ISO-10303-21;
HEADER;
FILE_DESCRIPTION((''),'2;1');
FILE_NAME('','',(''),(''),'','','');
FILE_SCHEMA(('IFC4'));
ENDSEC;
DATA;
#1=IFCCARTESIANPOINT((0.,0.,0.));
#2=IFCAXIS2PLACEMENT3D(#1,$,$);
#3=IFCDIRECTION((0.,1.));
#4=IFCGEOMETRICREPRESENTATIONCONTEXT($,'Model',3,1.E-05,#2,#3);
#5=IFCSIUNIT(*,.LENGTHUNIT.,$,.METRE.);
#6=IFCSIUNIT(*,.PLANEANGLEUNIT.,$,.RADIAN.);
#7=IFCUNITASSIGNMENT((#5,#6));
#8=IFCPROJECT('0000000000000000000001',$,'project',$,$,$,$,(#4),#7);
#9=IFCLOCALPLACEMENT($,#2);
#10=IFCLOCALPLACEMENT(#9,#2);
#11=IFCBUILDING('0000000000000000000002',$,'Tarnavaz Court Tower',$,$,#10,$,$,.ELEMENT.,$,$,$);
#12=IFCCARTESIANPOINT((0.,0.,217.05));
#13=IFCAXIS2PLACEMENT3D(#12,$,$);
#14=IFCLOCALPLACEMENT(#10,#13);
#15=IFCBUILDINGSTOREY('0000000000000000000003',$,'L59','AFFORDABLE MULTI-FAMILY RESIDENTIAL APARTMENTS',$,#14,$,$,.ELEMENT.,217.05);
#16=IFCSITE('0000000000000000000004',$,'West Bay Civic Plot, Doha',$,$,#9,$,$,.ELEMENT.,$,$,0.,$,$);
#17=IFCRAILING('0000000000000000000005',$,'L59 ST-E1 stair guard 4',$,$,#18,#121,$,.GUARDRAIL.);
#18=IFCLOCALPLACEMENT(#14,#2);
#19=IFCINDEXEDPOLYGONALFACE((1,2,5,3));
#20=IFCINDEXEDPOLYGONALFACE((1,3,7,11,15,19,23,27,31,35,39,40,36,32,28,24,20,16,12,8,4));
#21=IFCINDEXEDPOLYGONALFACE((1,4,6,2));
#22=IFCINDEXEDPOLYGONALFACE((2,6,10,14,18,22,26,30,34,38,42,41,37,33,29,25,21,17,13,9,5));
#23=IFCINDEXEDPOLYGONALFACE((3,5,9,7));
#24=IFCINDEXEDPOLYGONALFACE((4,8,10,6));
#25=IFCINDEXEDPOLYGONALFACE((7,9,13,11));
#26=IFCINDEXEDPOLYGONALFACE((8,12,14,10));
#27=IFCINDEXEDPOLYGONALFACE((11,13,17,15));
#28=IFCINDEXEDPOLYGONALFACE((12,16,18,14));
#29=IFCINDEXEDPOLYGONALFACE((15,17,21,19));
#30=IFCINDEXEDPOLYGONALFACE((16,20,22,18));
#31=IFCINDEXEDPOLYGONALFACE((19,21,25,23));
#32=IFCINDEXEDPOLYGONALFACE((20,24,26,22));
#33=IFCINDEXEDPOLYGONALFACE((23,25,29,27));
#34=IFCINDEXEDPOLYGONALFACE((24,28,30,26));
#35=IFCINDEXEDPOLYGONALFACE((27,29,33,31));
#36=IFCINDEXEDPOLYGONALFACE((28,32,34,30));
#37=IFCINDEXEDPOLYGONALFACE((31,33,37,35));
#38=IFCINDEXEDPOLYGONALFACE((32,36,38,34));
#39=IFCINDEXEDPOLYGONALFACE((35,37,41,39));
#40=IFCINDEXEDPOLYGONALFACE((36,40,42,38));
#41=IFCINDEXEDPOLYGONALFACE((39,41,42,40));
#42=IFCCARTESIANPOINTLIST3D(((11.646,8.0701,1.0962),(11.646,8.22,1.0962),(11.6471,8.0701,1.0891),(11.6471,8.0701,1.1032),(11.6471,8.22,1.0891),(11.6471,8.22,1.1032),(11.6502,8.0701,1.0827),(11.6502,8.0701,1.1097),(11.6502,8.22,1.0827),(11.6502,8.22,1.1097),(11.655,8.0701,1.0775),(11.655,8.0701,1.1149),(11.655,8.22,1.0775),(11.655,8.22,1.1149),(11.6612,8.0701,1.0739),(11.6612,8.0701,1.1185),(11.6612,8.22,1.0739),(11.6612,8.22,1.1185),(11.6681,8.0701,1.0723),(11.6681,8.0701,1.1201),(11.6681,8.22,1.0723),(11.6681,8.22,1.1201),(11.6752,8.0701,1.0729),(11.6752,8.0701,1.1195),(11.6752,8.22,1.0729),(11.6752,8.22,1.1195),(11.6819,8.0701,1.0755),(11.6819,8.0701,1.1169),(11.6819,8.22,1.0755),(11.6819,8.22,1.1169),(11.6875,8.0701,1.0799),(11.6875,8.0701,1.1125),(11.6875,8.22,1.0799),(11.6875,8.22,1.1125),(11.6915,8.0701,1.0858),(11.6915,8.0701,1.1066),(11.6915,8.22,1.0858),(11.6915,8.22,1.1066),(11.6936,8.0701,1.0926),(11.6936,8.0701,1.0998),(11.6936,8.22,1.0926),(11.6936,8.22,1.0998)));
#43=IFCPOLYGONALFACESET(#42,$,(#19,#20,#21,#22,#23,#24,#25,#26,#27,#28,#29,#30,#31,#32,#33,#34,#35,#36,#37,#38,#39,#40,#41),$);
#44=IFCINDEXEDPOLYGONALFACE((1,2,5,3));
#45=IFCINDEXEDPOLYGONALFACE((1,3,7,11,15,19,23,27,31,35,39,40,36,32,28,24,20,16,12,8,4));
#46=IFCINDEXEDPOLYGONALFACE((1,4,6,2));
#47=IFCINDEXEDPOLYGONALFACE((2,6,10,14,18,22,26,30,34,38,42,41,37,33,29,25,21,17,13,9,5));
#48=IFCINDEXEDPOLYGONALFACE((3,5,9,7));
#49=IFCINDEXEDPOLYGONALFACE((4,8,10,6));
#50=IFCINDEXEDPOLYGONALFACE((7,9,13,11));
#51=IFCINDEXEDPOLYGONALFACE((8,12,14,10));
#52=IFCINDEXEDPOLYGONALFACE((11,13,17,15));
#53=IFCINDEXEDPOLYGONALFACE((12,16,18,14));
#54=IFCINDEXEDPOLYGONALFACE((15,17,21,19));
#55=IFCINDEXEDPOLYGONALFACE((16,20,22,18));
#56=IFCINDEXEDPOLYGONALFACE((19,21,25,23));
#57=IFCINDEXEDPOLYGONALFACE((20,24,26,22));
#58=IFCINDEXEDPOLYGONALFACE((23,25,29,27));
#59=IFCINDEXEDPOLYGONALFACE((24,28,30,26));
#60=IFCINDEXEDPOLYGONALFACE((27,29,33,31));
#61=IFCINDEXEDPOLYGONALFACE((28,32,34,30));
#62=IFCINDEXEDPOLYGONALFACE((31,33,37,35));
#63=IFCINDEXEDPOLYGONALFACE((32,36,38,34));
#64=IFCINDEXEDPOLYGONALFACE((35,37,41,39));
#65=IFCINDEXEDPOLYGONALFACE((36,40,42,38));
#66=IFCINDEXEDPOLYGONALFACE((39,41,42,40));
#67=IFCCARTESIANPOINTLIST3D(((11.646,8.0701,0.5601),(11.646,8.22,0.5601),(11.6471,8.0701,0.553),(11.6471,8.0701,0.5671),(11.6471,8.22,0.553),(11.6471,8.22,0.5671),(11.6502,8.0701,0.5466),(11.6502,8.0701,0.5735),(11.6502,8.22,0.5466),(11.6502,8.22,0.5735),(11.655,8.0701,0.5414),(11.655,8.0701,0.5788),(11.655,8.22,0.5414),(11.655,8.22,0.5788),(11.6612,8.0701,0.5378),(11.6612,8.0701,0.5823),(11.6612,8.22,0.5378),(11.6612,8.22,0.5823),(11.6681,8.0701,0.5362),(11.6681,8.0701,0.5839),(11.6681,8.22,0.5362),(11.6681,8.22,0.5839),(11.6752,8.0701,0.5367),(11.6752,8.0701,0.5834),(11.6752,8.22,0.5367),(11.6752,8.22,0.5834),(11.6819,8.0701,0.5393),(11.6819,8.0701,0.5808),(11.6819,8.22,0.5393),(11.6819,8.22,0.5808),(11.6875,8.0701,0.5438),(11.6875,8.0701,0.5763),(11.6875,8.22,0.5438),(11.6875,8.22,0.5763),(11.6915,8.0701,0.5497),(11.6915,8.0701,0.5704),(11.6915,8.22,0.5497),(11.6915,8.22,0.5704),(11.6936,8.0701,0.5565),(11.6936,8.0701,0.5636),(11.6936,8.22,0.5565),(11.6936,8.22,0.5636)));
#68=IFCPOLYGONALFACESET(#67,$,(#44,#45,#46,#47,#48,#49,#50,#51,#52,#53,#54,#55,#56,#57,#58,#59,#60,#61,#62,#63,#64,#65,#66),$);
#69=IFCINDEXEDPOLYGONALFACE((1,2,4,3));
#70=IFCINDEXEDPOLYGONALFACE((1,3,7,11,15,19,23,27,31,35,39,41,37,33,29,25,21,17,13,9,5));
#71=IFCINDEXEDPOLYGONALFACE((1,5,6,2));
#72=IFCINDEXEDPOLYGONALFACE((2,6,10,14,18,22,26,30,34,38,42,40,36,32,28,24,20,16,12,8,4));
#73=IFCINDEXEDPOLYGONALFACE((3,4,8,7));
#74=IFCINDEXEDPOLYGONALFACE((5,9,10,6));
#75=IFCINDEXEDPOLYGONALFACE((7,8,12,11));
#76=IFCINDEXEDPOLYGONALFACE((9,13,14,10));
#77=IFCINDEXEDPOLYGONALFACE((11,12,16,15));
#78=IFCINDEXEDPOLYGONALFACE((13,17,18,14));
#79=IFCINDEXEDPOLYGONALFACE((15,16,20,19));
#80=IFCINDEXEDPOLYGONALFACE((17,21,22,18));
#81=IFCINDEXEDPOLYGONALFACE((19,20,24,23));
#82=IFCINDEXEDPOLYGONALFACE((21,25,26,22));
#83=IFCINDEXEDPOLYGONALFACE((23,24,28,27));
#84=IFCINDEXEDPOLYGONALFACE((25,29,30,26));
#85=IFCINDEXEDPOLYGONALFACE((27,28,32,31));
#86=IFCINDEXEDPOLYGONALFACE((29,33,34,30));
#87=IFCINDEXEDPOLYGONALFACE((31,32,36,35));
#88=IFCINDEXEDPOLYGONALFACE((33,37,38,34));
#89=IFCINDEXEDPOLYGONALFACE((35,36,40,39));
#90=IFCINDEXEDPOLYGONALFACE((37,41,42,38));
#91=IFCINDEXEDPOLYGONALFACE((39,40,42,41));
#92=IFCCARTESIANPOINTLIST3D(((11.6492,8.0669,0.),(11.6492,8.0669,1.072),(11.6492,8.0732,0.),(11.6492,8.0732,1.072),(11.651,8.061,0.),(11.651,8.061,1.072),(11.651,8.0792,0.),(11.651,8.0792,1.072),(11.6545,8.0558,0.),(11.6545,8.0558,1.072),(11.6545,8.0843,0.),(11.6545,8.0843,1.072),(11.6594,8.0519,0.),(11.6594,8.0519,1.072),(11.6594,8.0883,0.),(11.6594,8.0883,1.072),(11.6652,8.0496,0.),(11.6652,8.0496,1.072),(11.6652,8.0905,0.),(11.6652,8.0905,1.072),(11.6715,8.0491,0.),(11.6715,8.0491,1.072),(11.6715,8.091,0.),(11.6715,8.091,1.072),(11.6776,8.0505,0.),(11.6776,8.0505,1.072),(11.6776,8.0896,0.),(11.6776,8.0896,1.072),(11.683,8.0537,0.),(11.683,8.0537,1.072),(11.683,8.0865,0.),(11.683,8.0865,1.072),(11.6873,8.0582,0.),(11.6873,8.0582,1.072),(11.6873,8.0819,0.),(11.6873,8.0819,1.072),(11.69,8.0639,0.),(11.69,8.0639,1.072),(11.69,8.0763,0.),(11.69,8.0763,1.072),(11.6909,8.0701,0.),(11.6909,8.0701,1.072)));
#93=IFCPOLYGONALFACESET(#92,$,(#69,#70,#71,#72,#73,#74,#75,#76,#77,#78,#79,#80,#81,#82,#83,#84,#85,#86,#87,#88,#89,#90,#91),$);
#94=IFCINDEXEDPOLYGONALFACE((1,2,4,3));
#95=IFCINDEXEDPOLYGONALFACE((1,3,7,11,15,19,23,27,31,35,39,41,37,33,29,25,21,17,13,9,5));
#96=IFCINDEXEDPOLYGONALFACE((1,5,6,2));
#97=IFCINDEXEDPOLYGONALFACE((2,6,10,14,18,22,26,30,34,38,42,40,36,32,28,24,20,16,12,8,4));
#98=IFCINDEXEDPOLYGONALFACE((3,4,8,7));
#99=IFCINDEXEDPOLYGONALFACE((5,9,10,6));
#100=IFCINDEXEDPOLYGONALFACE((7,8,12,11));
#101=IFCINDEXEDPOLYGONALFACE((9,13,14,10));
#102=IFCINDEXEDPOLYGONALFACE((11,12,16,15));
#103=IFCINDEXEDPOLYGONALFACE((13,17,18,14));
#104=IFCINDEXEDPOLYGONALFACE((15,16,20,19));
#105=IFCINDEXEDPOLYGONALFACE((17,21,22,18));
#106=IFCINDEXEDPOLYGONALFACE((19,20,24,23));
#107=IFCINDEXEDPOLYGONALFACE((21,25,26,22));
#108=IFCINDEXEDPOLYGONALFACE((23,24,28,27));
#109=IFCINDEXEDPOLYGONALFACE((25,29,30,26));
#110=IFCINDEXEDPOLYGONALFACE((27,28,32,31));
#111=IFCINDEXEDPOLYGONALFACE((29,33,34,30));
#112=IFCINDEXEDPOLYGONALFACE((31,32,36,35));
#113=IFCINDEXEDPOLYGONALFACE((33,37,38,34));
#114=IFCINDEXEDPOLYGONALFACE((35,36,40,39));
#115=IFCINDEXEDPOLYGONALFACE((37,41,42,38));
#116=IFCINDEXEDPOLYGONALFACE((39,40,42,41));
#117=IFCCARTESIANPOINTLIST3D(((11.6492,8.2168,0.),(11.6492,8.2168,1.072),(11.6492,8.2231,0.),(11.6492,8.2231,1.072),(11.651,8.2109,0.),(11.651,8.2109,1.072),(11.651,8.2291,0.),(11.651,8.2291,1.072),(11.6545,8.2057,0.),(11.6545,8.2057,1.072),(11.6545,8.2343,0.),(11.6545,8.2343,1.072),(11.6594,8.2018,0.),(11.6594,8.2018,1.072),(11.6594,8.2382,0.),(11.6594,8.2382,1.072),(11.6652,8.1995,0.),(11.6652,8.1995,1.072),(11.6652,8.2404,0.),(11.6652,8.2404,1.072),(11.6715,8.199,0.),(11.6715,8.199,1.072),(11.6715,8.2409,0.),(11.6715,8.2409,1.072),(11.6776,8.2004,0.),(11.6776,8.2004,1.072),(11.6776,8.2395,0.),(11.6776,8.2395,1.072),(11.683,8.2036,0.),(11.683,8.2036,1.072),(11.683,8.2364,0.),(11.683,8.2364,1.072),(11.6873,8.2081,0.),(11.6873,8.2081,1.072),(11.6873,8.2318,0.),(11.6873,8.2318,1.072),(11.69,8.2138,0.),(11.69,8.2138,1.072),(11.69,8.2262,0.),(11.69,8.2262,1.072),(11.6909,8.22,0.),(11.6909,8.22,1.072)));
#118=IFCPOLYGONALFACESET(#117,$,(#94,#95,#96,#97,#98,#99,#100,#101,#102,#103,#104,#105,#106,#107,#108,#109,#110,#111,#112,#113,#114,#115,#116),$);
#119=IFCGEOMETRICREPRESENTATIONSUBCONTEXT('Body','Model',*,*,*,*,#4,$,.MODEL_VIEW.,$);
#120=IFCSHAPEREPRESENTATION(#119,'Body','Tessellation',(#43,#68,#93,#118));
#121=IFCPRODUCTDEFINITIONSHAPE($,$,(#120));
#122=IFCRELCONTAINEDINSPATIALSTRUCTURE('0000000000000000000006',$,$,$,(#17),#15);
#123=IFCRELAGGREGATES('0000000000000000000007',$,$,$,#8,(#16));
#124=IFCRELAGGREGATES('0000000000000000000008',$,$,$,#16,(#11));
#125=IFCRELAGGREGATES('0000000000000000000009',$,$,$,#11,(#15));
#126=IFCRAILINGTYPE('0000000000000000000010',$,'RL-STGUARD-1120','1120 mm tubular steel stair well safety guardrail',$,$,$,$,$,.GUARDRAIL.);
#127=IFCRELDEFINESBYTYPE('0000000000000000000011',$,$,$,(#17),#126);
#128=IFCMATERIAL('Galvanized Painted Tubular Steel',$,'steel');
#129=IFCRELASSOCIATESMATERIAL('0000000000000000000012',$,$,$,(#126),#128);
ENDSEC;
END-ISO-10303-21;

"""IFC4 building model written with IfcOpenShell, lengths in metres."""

from ifc_helpers import new_model, si_unit, direction, frame, origin, origin_2d, place, context, subcontext, project, spatial, circle, extrude, material, type_object, element, save


model = new_model("IFC4")

# Units and contexts
model_context = context("Model", 3, precision=1e-05, world=origin(), true_north=direction((0.0, 1.0)))
body_context = subcontext(model_context, "Body", "Model", "MODEL_VIEW")
ifc_project = project(units=[si_unit("LENGTHUNIT", "METRE"), si_unit("PLANEANGLEUNIT", "RADIAN")], contexts=[model_context])

# Site, building, storey
site_placement = place(None, origin())
site = spatial("IfcSite", under=ifc_project, at=site_placement, Name="West Bay Civic Plot, Doha", CompositionType="ELEMENT", RefElevation=0.0)
building_placement = place(site_placement, origin())
building = spatial("IfcBuilding", under=site, at=building_placement, Name="Tarnavaz Court Tower", CompositionType="ELEMENT")
storey_placement = place(building_placement, frame((0.0, 0.0, 217.05)))
storey = spatial("IfcBuildingStorey", under=building, at=storey_placement, Name="L59", Description="AFFORDABLE MULTI-FAMILY RESIDENTIAL APARTMENTS", CompositionType="ELEMENT", Elevation=217.05)

# Railing
ifc_material_1 = material(Name="Galvanized Painted Tubular Steel", Category="steel")
railing_type_1 = type_object("IfcRailingType", Name="RL-STGUARD-1120", Description="1120 mm tubular steel stair well safety guardrail", PredefinedType="GUARDRAIL", material=ifc_material_1)
railing_1_placement = place(storey_placement, frame((11.6699, 8.0701, 0.0)))
element("IfcRailing", 1, at=railing_1_placement, inside=storey, type_object=railing_type_1, Name="L59 ST-E1 stair guard 4", PredefinedType="GUARDRAIL", context=body_context, shape_type="SweptSolid", body=[
    extrude(circle(Radius=0.0239, at=origin_2d()), frame((0.0, 0.0, 1.0962), z_axis=(0.0, 1.0, 0.0), x_axis=(-1.0, 0.0, 0.0)), (0.0, 0.0, 1.0), 0.1499),
    extrude(circle(Radius=0.0239, at=origin_2d()), frame((0.0, 0.0, 0.5601), z_axis=(0.0, 1.0, 0.0), x_axis=(-1.0, 0.0, 0.0)), (0.0, 0.0, 1.0), 0.1499),
    extrude(circle(Radius=0.021, at=origin_2d()), origin(), (0.0, 0.0, 1.0), 1.072),
    extrude(circle(Radius=0.021, at=origin_2d()), frame((0.0, 0.1499, 0.0)), (0.0, 0.0, 1.0), 1.072),
])

save(model, "model.ifc")
